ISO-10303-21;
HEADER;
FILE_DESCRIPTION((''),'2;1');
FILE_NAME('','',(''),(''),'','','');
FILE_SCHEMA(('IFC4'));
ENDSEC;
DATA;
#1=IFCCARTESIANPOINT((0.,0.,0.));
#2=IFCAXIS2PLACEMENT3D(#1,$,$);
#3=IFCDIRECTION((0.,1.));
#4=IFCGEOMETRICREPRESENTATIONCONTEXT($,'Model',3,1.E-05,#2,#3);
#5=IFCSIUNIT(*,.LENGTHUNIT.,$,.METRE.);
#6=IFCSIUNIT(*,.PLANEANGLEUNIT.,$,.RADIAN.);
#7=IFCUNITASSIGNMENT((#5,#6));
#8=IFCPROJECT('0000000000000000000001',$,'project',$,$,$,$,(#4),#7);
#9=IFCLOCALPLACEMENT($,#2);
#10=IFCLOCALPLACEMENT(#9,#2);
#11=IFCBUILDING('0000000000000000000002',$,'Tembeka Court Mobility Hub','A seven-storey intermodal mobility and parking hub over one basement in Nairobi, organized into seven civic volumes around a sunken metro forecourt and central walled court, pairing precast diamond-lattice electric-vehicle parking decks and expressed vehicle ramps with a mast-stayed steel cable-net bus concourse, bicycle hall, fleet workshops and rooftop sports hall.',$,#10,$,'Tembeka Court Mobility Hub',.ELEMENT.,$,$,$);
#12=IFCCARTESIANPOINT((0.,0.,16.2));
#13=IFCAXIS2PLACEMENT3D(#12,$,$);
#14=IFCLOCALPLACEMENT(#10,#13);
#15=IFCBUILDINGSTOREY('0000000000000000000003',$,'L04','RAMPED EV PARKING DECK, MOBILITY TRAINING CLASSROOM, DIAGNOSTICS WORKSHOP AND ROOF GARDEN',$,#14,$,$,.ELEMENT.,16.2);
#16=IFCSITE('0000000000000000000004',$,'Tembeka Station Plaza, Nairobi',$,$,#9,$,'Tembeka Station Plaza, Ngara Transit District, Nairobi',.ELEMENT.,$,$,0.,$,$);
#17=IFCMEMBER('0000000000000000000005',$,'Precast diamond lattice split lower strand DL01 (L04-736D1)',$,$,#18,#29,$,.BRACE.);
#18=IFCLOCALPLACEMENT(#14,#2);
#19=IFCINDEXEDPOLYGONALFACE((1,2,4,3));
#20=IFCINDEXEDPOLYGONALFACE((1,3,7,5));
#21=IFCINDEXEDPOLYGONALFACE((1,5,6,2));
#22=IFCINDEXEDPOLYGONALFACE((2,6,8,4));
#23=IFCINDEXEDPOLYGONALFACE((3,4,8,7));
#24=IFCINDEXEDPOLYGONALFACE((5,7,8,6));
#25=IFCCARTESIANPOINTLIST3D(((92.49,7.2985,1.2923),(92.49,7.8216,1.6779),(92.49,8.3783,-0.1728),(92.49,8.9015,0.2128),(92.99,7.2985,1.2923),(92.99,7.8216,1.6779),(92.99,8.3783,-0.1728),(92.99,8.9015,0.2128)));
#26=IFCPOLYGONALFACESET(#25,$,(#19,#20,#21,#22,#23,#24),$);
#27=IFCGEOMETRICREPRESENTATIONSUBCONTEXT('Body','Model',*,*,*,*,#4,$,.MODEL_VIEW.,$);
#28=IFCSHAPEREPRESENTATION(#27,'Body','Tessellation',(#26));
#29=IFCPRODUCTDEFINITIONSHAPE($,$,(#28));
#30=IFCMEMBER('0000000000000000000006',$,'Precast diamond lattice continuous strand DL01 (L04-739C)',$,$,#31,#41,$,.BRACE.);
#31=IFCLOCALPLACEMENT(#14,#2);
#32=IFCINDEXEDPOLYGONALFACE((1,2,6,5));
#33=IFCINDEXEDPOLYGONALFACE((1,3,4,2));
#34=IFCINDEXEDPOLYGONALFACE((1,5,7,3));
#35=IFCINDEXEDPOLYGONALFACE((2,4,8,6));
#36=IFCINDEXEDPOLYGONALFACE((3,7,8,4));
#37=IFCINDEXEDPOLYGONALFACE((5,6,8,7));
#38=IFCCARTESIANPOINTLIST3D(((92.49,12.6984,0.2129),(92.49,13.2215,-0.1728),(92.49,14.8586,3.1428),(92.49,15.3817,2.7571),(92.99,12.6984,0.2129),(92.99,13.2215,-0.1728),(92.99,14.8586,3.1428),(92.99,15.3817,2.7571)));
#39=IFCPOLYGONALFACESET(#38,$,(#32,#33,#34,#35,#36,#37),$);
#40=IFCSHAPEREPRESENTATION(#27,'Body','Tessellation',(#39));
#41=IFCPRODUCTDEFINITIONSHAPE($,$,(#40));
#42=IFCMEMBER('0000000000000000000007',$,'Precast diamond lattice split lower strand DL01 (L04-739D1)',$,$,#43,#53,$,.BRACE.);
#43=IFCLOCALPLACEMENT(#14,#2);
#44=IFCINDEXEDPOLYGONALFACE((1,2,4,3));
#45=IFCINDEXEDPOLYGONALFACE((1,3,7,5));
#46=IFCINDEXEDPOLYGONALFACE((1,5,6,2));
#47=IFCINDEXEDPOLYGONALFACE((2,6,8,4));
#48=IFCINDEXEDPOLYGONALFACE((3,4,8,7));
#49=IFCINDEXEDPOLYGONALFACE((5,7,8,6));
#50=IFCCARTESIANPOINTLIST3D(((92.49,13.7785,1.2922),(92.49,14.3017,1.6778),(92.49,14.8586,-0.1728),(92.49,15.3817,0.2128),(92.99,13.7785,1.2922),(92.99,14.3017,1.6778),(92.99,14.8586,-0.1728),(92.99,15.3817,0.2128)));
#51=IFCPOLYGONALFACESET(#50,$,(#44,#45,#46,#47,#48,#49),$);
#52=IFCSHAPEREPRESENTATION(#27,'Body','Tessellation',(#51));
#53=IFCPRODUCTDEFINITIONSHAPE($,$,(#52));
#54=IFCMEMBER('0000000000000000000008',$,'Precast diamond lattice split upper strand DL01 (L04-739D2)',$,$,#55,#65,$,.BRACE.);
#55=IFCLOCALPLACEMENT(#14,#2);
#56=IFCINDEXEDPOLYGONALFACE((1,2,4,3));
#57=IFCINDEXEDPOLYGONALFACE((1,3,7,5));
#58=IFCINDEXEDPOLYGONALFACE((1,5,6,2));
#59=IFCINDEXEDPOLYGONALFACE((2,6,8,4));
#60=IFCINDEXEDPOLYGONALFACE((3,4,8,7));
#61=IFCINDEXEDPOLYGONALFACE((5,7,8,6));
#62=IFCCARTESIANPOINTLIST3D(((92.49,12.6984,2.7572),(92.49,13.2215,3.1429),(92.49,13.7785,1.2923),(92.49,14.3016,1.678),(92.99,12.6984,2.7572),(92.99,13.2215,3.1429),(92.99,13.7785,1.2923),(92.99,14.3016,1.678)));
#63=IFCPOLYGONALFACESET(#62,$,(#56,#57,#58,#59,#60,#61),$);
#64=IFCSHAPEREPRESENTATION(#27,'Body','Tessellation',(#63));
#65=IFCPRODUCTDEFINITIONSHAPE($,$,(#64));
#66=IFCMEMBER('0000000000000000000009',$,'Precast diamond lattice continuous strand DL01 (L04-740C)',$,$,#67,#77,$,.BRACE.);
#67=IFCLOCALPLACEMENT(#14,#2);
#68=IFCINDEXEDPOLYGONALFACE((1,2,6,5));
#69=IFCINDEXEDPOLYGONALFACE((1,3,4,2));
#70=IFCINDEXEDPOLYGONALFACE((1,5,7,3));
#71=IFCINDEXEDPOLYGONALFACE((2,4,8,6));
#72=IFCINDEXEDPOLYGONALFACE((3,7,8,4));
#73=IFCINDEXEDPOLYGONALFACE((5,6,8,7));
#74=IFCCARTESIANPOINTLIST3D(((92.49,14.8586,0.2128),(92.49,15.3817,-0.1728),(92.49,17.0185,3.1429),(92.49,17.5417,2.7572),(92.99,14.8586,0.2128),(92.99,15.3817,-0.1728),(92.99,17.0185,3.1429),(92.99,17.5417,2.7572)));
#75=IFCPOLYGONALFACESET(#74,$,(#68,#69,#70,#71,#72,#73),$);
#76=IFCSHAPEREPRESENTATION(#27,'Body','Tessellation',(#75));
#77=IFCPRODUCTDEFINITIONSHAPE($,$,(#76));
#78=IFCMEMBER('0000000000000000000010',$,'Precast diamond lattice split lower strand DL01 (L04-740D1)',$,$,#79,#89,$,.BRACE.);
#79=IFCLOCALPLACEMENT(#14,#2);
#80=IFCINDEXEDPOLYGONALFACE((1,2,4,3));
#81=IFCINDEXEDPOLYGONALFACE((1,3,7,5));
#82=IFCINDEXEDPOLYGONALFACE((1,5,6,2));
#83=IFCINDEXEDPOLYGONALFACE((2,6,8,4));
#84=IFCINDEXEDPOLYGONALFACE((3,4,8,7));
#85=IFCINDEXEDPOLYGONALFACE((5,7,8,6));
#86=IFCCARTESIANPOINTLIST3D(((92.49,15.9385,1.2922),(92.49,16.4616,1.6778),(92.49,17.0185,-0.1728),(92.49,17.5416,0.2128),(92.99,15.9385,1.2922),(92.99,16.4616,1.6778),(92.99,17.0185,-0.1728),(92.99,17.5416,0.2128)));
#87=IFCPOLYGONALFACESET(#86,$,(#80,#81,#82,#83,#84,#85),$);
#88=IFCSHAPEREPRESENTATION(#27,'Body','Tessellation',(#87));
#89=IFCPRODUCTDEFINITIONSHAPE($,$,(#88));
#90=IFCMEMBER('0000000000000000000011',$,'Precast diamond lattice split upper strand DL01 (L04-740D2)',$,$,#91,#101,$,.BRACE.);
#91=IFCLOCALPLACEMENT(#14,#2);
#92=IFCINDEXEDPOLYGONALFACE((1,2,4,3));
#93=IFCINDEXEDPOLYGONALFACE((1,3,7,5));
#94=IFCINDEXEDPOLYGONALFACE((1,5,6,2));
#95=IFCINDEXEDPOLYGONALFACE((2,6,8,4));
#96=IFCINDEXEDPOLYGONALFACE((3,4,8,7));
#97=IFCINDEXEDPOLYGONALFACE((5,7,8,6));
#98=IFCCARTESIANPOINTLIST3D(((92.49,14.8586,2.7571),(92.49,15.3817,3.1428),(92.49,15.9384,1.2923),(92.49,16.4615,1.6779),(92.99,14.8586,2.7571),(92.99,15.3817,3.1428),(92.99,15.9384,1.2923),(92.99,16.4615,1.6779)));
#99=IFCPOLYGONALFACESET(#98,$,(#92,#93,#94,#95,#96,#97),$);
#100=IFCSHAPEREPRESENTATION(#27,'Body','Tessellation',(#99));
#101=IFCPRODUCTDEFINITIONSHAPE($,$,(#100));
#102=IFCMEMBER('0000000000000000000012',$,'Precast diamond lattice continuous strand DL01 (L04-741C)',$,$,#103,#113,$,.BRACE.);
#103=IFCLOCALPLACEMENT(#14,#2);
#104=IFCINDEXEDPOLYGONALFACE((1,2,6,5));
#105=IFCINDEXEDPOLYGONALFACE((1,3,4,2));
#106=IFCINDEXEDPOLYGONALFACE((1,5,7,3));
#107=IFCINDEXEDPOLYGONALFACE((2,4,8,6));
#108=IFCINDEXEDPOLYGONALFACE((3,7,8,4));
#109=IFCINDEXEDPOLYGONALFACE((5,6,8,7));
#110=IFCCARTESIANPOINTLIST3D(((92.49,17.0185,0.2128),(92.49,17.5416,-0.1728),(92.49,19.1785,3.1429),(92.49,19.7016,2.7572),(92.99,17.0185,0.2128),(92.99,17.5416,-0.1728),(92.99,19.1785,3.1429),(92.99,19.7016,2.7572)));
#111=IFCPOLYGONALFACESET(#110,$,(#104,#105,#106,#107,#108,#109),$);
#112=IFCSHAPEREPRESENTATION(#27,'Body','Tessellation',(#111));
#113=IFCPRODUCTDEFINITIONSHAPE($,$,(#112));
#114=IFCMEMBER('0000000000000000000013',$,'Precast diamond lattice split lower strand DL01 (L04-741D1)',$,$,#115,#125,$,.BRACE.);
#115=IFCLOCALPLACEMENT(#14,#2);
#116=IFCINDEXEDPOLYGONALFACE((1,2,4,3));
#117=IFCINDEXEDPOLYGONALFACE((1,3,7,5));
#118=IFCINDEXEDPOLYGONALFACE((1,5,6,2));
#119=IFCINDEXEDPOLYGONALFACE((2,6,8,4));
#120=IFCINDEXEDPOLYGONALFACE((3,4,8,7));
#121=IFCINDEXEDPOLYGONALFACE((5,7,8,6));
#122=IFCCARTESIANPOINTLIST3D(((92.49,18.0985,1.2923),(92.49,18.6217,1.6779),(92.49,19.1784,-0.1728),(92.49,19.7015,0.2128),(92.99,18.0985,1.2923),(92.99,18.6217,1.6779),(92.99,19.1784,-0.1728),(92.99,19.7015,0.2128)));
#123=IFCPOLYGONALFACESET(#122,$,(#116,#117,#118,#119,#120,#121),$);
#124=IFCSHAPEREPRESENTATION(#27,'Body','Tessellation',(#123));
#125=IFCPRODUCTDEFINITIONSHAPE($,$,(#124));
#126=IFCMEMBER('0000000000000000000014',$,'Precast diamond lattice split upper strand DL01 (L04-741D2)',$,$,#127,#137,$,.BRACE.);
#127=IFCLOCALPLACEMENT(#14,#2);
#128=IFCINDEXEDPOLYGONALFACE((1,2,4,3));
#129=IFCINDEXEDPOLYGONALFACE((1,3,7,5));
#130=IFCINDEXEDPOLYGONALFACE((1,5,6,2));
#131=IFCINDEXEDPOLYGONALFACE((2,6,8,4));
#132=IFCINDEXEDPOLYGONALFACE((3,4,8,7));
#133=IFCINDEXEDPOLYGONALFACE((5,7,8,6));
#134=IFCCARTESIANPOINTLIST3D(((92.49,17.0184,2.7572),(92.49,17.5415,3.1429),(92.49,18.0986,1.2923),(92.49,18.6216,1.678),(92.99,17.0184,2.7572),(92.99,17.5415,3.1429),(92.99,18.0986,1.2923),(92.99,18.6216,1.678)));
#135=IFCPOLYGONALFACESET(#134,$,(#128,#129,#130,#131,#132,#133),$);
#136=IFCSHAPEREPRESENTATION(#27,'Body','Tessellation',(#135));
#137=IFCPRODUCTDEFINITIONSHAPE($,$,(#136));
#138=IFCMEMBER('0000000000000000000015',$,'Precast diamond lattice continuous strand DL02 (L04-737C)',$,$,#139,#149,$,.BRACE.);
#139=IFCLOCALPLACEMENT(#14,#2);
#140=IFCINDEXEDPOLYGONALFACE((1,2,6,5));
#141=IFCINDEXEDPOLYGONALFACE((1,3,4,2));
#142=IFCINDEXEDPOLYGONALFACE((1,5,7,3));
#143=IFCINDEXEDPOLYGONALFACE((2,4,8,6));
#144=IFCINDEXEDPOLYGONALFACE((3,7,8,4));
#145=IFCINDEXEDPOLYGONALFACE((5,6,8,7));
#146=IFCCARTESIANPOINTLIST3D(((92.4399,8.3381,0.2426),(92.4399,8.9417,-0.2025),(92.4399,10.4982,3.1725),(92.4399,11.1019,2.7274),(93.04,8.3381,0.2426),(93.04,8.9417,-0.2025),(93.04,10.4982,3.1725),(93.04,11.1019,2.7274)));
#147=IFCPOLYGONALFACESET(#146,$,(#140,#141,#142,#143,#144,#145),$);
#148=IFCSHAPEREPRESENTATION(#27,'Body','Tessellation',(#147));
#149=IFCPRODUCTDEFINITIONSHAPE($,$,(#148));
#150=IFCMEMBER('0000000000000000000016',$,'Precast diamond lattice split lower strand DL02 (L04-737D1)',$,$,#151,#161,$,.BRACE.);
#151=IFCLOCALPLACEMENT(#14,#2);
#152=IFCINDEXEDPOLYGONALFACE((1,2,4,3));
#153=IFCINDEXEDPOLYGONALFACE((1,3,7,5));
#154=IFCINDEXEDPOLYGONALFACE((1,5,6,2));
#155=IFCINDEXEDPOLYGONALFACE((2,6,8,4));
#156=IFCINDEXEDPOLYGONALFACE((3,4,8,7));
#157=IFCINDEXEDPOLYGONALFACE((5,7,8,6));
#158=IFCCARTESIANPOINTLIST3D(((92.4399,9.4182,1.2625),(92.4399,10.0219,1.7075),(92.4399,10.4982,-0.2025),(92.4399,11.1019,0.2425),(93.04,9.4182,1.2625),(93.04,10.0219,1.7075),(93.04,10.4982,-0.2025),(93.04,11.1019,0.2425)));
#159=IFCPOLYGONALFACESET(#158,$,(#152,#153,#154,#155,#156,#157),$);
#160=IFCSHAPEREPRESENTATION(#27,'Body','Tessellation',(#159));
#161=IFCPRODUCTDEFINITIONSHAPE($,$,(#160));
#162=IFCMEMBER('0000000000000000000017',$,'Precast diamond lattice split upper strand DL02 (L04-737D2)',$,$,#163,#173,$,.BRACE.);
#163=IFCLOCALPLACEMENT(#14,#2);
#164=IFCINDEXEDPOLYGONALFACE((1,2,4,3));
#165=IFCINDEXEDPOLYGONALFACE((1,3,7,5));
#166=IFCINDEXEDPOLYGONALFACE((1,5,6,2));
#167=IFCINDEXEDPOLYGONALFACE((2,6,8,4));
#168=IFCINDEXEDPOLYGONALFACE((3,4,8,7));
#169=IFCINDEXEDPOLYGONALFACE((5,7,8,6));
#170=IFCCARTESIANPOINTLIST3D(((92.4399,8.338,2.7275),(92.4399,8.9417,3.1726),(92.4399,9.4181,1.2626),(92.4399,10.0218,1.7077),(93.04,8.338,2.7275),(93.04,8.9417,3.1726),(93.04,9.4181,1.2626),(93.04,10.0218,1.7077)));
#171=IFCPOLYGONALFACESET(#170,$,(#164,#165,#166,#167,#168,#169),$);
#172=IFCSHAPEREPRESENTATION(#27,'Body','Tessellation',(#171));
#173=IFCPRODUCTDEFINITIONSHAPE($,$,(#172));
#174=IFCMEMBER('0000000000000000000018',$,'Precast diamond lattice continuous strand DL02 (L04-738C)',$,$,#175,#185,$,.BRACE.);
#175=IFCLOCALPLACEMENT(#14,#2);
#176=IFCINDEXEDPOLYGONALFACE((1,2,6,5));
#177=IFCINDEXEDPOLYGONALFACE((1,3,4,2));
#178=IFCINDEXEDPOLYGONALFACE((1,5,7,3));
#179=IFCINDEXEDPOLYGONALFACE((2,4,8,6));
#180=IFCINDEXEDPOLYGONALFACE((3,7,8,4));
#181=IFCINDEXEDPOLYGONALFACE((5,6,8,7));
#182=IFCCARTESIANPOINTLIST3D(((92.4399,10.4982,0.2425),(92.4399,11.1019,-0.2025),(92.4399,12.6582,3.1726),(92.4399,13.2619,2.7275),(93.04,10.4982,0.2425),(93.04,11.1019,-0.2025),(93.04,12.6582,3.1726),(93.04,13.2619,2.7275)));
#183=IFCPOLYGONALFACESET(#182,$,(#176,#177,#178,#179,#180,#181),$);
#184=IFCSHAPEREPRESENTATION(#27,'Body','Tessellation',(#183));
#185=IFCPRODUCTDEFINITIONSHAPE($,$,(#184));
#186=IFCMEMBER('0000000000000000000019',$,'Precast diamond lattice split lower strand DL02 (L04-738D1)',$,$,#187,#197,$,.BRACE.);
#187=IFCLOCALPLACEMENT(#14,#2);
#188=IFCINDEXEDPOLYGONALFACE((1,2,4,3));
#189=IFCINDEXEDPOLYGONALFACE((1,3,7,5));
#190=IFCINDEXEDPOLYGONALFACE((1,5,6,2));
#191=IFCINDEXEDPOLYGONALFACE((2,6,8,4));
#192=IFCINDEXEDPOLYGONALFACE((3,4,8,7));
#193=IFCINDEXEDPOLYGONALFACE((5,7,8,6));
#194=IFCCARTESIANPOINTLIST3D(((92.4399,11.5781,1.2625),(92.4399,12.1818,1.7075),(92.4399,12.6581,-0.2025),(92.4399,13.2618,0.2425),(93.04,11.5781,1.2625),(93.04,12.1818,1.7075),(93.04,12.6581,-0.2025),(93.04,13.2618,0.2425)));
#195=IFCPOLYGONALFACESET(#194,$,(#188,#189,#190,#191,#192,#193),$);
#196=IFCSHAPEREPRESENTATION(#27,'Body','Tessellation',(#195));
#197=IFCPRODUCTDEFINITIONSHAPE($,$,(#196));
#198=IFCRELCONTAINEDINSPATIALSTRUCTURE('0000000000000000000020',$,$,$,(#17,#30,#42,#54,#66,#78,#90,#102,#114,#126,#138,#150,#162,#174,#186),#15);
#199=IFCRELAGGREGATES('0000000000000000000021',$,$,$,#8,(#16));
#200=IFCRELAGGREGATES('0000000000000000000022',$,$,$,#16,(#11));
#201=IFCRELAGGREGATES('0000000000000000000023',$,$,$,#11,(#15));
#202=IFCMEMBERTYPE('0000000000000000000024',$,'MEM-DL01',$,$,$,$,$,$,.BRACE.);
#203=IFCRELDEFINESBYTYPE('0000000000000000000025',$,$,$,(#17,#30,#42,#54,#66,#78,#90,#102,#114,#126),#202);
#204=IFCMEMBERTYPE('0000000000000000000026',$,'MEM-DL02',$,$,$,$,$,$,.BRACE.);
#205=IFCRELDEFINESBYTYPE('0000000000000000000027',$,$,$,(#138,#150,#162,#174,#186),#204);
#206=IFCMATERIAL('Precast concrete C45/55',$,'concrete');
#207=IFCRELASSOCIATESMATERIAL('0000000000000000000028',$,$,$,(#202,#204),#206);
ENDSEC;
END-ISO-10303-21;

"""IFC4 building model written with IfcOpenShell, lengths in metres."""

from ifc_helpers import new_model, si_unit, direction, frame, origin, origin_2d, place, context, subcontext, project, spatial, rectangle, extrude, material, material_profile, profile_set, type_object, element, save


model = new_model("IFC4")

# Units and contexts
model_context = context("Model", 3, precision=1e-05, world=origin(), true_north=direction((0.0, 1.0)))
body_context = subcontext(model_context, "Body", "Model", "MODEL_VIEW")
ifc_project = project(units=[si_unit("LENGTHUNIT", "METRE"), si_unit("PLANEANGLEUNIT", "RADIAN")], contexts=[model_context])

# Site, building, storey
site_placement = place(None, origin())
site = spatial("IfcSite", under=ifc_project, at=site_placement, Name="Tembeka Station Plaza, Nairobi", LongName="Tembeka Station Plaza, Ngara Transit District, Nairobi", CompositionType="ELEMENT", RefElevation=0.0)
building_placement = place(site_placement, origin())
building = spatial("IfcBuilding", under=site, at=building_placement, Name="Tembeka Court Mobility Hub", Description="A seven-storey intermodal mobility and parking hub over one basement in Nairobi, organized into seven civic volumes around a sunken metro forecourt and central walled court, pairing precast diamond-lattice electric-vehicle parking decks and expressed vehicle ramps with a mast-stayed steel cable-net bus concourse, bicycle hall, fleet workshops and rooftop sports hall.", LongName="Tembeka Court Mobility Hub", CompositionType="ELEMENT")
storey_placement = place(building_placement, frame((0.0, 0.0, 16.2)))
storey = spatial("IfcBuildingStorey", under=building, at=storey_placement, Name="L04", Description="RAMPED EV PARKING DECK, MOBILITY TRAINING CLASSROOM, DIAGNOSTICS WORKSHOP AND ROOF GARDEN", CompositionType="ELEMENT", Elevation=16.2)

# Members
ifc_material_1 = material(Name="Precast concrete C45/55", Category="concrete")
ifc_material_profile_1 = material_profile(ifc_material_1, rectangle(XDim=0.5, YDim=0.6499, at=origin_2d()), Name="PC-DIAG 500x650")
ifc_profile_set_1 = profile_set([ifc_material_profile_1], Name="Precast concrete C45/55")
member_type_1 = type_object("IfcMemberType", Name="MEM-DL01", PredefinedType="BRACE", material=ifc_profile_set_1)
member_1_placement = place(storey_placement, frame((92.74, 8.6399, 0.02), z_axis=(0.0, -0.593304, 0.804978), x_axis=(1.0, 0.0, 0.0)))
element("IfcMember", 1, at=member_1_placement, inside=storey, type_object=member_type_1, Name="Precast diamond lattice split lower strand DL01 (L04-736D1)", PredefinedType="BRACE", context=body_context, shape_type="SweptSolid", body=[
    extrude(rectangle(XDim=0.5, YDim=0.6499, at=origin_2d()), origin(), (0.0, 0.0, 1.0), 1.8201),
])
member_2_placement = place(storey_placement, frame((92.74, 12.96, 0.02), z_axis=(0.0, 0.593423, 0.804891), x_axis=(-1.0, 0.0, 0.0)))
element("IfcMember", 2, at=member_2_placement, inside=storey, type_object=member_type_1, Name="Precast diamond lattice continuous strand DL01 (L04-739C)", PredefinedType="BRACE", context=body_context, shape_type="SweptSolid", body=[
    extrude(rectangle(XDim=0.5, YDim=0.6499, at=origin_2d()), origin(), (0.0, 0.0, 1.0), 3.6401),
])
for number, where, z_axis, x_axis, name in (
    (3, (92.74, 15.1201, 0.02), (0.0, -0.593391, 0.804914), (1.0, 0.0, 0.0), "Precast diamond lattice split lower strand DL01 (L04-739D1)"),
    (4, (92.74, 14.04, 1.4851), (0.0, -0.593455, 0.804867), (1.0, 0.0, 0.0), "Precast diamond lattice split upper strand DL01 (L04-739D2)"),
):
    element("IfcMember", number, at=place(storey_placement, frame(where, z_axis=z_axis, x_axis=x_axis)), inside=storey, type_object=member_type_1, Name=name, PredefinedType="BRACE", context=body_context, shape_type="SweptSolid", body=[
        extrude(rectangle(XDim=0.5, YDim=0.6499, at=origin_2d()), origin(), (0.0, 0.0, 1.0), 1.8201),
    ])
member_3_placement = place(storey_placement, frame((92.74, 15.1201, 0.02), z_axis=(0.0, 0.59338, 0.804923), x_axis=(-1.0, 0.0, 0.0)))
element("IfcMember", 5, at=member_3_placement, inside=storey, type_object=member_type_1, Name="Precast diamond lattice continuous strand DL01 (L04-740C)", PredefinedType="BRACE", context=body_context, shape_type="SweptSolid", body=[
    extrude(rectangle(XDim=0.5, YDim=0.6499, at=origin_2d()), origin(), (0.0, 0.0, 1.0), 3.6401),
])
member_4_placement = place(storey_placement, frame((92.74, 17.28, 0.02), z_axis=(0.0, -0.593391, 0.804914), x_axis=(1.0, 0.0, 0.0)))
element("IfcMember", 6, at=member_4_placement, inside=storey, type_object=member_type_1, Name="Precast diamond lattice split lower strand DL01 (L04-740D1)", PredefinedType="BRACE", context=body_context, shape_type="SweptSolid", body=[
    extrude(rectangle(XDim=0.5, YDim=0.6499, at=origin_2d()), origin(), (0.0, 0.0, 1.0), 1.8201),
])
member_5_placement = place(storey_placement, frame((92.74, 16.2, 1.4851), z_axis=(0.0, -0.593368, 0.804931), x_axis=(1.0, 0.0, 0.0)))
element("IfcMember", 7, at=member_5_placement, inside=storey, type_object=member_type_1, Name="Precast diamond lattice split upper strand DL01 (L04-740D2)", PredefinedType="BRACE", context=body_context, shape_type="SweptSolid", body=[
    extrude(rectangle(XDim=0.5, YDim=0.6499, at=origin_2d()), origin(), (0.0, 0.0, 1.0), 1.8198),
])
member_6_placement = place(storey_placement, frame((92.74, 17.28, 0.02), z_axis=(0.0, 0.59338, 0.804923), x_axis=(-1.0, 0.0, 0.0)))
element("IfcMember", 8, at=member_6_placement, inside=storey, type_object=member_type_1, Name="Precast diamond lattice continuous strand DL01 (L04-741C)", PredefinedType="BRACE", context=body_context, shape_type="SweptSolid", body=[
    extrude(rectangle(XDim=0.5, YDim=0.6499, at=origin_2d()), origin(), (0.0, 0.0, 1.0), 3.6401),
])
for number, where, z_axis, x_axis, name in (
    (9, (92.74, 19.4399, 0.02), (0.0, -0.593304, 0.804978), (1.0, 0.0, 0.0), "Precast diamond lattice split lower strand DL01 (L04-741D1)"),
    (10, (92.74, 18.3601, 1.4851), (0.0, -0.593455, 0.804867), (1.0, 0.0, 0.0), "Precast diamond lattice split upper strand DL01 (L04-741D2)"),
):
    element("IfcMember", number, at=place(storey_placement, frame(where, z_axis=z_axis, x_axis=x_axis)), inside=storey, type_object=member_type_1, Name=name, PredefinedType="BRACE", context=body_context, shape_type="SweptSolid", body=[
        extrude(rectangle(XDim=0.5, YDim=0.6499, at=origin_2d()), origin(), (0.0, 0.0, 1.0), 1.8201),
    ])
ifc_material_profile_2 = material_profile(ifc_material_1, rectangle(XDim=0.6001, YDim=0.75, at=origin_2d()), Name="PC-DIAG 600x750")
ifc_profile_set_2 = profile_set([ifc_material_profile_2], Name="Precast concrete C45/55")
member_type_2 = type_object("IfcMemberType", Name="MEM-DL02", PredefinedType="BRACE", material=ifc_profile_set_2)
member_7_placement = place(storey_placement, frame((92.74, 8.6399, 0.02), z_axis=(0.0, 0.593423, 0.804891), x_axis=(-1.0, 0.0, 0.0)))
element("IfcMember", 11, at=member_7_placement, inside=storey, type_object=member_type_2, Name="Precast diamond lattice continuous strand DL02 (L04-737C)", PredefinedType="BRACE", context=body_context, shape_type="SweptSolid", body=[
    extrude(rectangle(XDim=0.6001, YDim=0.75, at=origin_2d()), origin(), (0.0, 0.0, 1.0), 3.6401),
])
for number, where, z_axis, x_axis, name in (
    (12, (92.74, 10.8, 0.02), (0.0, -0.593391, 0.804914), (1.0, 0.0, 0.0), "Precast diamond lattice split lower strand DL02 (L04-737D1)"),
    (13, (92.74, 9.72, 1.4851), (0.0, -0.593455, 0.804867), (1.0, 0.0, 0.0), "Precast diamond lattice split upper strand DL02 (L04-737D2)"),
):
    element("IfcMember", number, at=place(storey_placement, frame(where, z_axis=z_axis, x_axis=x_axis)), inside=storey, type_object=member_type_2, Name=name, PredefinedType="BRACE", context=body_context, shape_type="SweptSolid", body=[
        extrude(rectangle(XDim=0.6001, YDim=0.75, at=origin_2d()), origin(), (0.0, 0.0, 1.0), 1.8201),
    ])
member_8_placement = place(storey_placement, frame((92.74, 10.8, 0.02), z_axis=(0.0, 0.59338, 0.804923), x_axis=(-1.0, 0.0, 0.0)))
element("IfcMember", 14, at=member_8_placement, inside=storey, type_object=member_type_2, Name="Precast diamond lattice continuous strand DL02 (L04-738C)", PredefinedType="BRACE", context=body_context, shape_type="SweptSolid", body=[
    extrude(rectangle(XDim=0.6001, YDim=0.75, at=origin_2d()), origin(), (0.0, 0.0, 1.0), 3.6401),
])
member_9_placement = place(storey_placement, frame((92.74, 12.96, 0.02), z_axis=(0.0, -0.593391, 0.804914), x_axis=(1.0, 0.0, 0.0)))
element("IfcMember", 15, at=member_9_placement, inside=storey, type_object=member_type_2, Name="Precast diamond lattice split lower strand DL02 (L04-738D1)", PredefinedType="BRACE", context=body_context, shape_type="SweptSolid", body=[
    extrude(rectangle(XDim=0.6001, YDim=0.75, at=origin_2d()), origin(), (0.0, 0.0, 1.0), 1.8201),
])

save(model, "model.ifc")
